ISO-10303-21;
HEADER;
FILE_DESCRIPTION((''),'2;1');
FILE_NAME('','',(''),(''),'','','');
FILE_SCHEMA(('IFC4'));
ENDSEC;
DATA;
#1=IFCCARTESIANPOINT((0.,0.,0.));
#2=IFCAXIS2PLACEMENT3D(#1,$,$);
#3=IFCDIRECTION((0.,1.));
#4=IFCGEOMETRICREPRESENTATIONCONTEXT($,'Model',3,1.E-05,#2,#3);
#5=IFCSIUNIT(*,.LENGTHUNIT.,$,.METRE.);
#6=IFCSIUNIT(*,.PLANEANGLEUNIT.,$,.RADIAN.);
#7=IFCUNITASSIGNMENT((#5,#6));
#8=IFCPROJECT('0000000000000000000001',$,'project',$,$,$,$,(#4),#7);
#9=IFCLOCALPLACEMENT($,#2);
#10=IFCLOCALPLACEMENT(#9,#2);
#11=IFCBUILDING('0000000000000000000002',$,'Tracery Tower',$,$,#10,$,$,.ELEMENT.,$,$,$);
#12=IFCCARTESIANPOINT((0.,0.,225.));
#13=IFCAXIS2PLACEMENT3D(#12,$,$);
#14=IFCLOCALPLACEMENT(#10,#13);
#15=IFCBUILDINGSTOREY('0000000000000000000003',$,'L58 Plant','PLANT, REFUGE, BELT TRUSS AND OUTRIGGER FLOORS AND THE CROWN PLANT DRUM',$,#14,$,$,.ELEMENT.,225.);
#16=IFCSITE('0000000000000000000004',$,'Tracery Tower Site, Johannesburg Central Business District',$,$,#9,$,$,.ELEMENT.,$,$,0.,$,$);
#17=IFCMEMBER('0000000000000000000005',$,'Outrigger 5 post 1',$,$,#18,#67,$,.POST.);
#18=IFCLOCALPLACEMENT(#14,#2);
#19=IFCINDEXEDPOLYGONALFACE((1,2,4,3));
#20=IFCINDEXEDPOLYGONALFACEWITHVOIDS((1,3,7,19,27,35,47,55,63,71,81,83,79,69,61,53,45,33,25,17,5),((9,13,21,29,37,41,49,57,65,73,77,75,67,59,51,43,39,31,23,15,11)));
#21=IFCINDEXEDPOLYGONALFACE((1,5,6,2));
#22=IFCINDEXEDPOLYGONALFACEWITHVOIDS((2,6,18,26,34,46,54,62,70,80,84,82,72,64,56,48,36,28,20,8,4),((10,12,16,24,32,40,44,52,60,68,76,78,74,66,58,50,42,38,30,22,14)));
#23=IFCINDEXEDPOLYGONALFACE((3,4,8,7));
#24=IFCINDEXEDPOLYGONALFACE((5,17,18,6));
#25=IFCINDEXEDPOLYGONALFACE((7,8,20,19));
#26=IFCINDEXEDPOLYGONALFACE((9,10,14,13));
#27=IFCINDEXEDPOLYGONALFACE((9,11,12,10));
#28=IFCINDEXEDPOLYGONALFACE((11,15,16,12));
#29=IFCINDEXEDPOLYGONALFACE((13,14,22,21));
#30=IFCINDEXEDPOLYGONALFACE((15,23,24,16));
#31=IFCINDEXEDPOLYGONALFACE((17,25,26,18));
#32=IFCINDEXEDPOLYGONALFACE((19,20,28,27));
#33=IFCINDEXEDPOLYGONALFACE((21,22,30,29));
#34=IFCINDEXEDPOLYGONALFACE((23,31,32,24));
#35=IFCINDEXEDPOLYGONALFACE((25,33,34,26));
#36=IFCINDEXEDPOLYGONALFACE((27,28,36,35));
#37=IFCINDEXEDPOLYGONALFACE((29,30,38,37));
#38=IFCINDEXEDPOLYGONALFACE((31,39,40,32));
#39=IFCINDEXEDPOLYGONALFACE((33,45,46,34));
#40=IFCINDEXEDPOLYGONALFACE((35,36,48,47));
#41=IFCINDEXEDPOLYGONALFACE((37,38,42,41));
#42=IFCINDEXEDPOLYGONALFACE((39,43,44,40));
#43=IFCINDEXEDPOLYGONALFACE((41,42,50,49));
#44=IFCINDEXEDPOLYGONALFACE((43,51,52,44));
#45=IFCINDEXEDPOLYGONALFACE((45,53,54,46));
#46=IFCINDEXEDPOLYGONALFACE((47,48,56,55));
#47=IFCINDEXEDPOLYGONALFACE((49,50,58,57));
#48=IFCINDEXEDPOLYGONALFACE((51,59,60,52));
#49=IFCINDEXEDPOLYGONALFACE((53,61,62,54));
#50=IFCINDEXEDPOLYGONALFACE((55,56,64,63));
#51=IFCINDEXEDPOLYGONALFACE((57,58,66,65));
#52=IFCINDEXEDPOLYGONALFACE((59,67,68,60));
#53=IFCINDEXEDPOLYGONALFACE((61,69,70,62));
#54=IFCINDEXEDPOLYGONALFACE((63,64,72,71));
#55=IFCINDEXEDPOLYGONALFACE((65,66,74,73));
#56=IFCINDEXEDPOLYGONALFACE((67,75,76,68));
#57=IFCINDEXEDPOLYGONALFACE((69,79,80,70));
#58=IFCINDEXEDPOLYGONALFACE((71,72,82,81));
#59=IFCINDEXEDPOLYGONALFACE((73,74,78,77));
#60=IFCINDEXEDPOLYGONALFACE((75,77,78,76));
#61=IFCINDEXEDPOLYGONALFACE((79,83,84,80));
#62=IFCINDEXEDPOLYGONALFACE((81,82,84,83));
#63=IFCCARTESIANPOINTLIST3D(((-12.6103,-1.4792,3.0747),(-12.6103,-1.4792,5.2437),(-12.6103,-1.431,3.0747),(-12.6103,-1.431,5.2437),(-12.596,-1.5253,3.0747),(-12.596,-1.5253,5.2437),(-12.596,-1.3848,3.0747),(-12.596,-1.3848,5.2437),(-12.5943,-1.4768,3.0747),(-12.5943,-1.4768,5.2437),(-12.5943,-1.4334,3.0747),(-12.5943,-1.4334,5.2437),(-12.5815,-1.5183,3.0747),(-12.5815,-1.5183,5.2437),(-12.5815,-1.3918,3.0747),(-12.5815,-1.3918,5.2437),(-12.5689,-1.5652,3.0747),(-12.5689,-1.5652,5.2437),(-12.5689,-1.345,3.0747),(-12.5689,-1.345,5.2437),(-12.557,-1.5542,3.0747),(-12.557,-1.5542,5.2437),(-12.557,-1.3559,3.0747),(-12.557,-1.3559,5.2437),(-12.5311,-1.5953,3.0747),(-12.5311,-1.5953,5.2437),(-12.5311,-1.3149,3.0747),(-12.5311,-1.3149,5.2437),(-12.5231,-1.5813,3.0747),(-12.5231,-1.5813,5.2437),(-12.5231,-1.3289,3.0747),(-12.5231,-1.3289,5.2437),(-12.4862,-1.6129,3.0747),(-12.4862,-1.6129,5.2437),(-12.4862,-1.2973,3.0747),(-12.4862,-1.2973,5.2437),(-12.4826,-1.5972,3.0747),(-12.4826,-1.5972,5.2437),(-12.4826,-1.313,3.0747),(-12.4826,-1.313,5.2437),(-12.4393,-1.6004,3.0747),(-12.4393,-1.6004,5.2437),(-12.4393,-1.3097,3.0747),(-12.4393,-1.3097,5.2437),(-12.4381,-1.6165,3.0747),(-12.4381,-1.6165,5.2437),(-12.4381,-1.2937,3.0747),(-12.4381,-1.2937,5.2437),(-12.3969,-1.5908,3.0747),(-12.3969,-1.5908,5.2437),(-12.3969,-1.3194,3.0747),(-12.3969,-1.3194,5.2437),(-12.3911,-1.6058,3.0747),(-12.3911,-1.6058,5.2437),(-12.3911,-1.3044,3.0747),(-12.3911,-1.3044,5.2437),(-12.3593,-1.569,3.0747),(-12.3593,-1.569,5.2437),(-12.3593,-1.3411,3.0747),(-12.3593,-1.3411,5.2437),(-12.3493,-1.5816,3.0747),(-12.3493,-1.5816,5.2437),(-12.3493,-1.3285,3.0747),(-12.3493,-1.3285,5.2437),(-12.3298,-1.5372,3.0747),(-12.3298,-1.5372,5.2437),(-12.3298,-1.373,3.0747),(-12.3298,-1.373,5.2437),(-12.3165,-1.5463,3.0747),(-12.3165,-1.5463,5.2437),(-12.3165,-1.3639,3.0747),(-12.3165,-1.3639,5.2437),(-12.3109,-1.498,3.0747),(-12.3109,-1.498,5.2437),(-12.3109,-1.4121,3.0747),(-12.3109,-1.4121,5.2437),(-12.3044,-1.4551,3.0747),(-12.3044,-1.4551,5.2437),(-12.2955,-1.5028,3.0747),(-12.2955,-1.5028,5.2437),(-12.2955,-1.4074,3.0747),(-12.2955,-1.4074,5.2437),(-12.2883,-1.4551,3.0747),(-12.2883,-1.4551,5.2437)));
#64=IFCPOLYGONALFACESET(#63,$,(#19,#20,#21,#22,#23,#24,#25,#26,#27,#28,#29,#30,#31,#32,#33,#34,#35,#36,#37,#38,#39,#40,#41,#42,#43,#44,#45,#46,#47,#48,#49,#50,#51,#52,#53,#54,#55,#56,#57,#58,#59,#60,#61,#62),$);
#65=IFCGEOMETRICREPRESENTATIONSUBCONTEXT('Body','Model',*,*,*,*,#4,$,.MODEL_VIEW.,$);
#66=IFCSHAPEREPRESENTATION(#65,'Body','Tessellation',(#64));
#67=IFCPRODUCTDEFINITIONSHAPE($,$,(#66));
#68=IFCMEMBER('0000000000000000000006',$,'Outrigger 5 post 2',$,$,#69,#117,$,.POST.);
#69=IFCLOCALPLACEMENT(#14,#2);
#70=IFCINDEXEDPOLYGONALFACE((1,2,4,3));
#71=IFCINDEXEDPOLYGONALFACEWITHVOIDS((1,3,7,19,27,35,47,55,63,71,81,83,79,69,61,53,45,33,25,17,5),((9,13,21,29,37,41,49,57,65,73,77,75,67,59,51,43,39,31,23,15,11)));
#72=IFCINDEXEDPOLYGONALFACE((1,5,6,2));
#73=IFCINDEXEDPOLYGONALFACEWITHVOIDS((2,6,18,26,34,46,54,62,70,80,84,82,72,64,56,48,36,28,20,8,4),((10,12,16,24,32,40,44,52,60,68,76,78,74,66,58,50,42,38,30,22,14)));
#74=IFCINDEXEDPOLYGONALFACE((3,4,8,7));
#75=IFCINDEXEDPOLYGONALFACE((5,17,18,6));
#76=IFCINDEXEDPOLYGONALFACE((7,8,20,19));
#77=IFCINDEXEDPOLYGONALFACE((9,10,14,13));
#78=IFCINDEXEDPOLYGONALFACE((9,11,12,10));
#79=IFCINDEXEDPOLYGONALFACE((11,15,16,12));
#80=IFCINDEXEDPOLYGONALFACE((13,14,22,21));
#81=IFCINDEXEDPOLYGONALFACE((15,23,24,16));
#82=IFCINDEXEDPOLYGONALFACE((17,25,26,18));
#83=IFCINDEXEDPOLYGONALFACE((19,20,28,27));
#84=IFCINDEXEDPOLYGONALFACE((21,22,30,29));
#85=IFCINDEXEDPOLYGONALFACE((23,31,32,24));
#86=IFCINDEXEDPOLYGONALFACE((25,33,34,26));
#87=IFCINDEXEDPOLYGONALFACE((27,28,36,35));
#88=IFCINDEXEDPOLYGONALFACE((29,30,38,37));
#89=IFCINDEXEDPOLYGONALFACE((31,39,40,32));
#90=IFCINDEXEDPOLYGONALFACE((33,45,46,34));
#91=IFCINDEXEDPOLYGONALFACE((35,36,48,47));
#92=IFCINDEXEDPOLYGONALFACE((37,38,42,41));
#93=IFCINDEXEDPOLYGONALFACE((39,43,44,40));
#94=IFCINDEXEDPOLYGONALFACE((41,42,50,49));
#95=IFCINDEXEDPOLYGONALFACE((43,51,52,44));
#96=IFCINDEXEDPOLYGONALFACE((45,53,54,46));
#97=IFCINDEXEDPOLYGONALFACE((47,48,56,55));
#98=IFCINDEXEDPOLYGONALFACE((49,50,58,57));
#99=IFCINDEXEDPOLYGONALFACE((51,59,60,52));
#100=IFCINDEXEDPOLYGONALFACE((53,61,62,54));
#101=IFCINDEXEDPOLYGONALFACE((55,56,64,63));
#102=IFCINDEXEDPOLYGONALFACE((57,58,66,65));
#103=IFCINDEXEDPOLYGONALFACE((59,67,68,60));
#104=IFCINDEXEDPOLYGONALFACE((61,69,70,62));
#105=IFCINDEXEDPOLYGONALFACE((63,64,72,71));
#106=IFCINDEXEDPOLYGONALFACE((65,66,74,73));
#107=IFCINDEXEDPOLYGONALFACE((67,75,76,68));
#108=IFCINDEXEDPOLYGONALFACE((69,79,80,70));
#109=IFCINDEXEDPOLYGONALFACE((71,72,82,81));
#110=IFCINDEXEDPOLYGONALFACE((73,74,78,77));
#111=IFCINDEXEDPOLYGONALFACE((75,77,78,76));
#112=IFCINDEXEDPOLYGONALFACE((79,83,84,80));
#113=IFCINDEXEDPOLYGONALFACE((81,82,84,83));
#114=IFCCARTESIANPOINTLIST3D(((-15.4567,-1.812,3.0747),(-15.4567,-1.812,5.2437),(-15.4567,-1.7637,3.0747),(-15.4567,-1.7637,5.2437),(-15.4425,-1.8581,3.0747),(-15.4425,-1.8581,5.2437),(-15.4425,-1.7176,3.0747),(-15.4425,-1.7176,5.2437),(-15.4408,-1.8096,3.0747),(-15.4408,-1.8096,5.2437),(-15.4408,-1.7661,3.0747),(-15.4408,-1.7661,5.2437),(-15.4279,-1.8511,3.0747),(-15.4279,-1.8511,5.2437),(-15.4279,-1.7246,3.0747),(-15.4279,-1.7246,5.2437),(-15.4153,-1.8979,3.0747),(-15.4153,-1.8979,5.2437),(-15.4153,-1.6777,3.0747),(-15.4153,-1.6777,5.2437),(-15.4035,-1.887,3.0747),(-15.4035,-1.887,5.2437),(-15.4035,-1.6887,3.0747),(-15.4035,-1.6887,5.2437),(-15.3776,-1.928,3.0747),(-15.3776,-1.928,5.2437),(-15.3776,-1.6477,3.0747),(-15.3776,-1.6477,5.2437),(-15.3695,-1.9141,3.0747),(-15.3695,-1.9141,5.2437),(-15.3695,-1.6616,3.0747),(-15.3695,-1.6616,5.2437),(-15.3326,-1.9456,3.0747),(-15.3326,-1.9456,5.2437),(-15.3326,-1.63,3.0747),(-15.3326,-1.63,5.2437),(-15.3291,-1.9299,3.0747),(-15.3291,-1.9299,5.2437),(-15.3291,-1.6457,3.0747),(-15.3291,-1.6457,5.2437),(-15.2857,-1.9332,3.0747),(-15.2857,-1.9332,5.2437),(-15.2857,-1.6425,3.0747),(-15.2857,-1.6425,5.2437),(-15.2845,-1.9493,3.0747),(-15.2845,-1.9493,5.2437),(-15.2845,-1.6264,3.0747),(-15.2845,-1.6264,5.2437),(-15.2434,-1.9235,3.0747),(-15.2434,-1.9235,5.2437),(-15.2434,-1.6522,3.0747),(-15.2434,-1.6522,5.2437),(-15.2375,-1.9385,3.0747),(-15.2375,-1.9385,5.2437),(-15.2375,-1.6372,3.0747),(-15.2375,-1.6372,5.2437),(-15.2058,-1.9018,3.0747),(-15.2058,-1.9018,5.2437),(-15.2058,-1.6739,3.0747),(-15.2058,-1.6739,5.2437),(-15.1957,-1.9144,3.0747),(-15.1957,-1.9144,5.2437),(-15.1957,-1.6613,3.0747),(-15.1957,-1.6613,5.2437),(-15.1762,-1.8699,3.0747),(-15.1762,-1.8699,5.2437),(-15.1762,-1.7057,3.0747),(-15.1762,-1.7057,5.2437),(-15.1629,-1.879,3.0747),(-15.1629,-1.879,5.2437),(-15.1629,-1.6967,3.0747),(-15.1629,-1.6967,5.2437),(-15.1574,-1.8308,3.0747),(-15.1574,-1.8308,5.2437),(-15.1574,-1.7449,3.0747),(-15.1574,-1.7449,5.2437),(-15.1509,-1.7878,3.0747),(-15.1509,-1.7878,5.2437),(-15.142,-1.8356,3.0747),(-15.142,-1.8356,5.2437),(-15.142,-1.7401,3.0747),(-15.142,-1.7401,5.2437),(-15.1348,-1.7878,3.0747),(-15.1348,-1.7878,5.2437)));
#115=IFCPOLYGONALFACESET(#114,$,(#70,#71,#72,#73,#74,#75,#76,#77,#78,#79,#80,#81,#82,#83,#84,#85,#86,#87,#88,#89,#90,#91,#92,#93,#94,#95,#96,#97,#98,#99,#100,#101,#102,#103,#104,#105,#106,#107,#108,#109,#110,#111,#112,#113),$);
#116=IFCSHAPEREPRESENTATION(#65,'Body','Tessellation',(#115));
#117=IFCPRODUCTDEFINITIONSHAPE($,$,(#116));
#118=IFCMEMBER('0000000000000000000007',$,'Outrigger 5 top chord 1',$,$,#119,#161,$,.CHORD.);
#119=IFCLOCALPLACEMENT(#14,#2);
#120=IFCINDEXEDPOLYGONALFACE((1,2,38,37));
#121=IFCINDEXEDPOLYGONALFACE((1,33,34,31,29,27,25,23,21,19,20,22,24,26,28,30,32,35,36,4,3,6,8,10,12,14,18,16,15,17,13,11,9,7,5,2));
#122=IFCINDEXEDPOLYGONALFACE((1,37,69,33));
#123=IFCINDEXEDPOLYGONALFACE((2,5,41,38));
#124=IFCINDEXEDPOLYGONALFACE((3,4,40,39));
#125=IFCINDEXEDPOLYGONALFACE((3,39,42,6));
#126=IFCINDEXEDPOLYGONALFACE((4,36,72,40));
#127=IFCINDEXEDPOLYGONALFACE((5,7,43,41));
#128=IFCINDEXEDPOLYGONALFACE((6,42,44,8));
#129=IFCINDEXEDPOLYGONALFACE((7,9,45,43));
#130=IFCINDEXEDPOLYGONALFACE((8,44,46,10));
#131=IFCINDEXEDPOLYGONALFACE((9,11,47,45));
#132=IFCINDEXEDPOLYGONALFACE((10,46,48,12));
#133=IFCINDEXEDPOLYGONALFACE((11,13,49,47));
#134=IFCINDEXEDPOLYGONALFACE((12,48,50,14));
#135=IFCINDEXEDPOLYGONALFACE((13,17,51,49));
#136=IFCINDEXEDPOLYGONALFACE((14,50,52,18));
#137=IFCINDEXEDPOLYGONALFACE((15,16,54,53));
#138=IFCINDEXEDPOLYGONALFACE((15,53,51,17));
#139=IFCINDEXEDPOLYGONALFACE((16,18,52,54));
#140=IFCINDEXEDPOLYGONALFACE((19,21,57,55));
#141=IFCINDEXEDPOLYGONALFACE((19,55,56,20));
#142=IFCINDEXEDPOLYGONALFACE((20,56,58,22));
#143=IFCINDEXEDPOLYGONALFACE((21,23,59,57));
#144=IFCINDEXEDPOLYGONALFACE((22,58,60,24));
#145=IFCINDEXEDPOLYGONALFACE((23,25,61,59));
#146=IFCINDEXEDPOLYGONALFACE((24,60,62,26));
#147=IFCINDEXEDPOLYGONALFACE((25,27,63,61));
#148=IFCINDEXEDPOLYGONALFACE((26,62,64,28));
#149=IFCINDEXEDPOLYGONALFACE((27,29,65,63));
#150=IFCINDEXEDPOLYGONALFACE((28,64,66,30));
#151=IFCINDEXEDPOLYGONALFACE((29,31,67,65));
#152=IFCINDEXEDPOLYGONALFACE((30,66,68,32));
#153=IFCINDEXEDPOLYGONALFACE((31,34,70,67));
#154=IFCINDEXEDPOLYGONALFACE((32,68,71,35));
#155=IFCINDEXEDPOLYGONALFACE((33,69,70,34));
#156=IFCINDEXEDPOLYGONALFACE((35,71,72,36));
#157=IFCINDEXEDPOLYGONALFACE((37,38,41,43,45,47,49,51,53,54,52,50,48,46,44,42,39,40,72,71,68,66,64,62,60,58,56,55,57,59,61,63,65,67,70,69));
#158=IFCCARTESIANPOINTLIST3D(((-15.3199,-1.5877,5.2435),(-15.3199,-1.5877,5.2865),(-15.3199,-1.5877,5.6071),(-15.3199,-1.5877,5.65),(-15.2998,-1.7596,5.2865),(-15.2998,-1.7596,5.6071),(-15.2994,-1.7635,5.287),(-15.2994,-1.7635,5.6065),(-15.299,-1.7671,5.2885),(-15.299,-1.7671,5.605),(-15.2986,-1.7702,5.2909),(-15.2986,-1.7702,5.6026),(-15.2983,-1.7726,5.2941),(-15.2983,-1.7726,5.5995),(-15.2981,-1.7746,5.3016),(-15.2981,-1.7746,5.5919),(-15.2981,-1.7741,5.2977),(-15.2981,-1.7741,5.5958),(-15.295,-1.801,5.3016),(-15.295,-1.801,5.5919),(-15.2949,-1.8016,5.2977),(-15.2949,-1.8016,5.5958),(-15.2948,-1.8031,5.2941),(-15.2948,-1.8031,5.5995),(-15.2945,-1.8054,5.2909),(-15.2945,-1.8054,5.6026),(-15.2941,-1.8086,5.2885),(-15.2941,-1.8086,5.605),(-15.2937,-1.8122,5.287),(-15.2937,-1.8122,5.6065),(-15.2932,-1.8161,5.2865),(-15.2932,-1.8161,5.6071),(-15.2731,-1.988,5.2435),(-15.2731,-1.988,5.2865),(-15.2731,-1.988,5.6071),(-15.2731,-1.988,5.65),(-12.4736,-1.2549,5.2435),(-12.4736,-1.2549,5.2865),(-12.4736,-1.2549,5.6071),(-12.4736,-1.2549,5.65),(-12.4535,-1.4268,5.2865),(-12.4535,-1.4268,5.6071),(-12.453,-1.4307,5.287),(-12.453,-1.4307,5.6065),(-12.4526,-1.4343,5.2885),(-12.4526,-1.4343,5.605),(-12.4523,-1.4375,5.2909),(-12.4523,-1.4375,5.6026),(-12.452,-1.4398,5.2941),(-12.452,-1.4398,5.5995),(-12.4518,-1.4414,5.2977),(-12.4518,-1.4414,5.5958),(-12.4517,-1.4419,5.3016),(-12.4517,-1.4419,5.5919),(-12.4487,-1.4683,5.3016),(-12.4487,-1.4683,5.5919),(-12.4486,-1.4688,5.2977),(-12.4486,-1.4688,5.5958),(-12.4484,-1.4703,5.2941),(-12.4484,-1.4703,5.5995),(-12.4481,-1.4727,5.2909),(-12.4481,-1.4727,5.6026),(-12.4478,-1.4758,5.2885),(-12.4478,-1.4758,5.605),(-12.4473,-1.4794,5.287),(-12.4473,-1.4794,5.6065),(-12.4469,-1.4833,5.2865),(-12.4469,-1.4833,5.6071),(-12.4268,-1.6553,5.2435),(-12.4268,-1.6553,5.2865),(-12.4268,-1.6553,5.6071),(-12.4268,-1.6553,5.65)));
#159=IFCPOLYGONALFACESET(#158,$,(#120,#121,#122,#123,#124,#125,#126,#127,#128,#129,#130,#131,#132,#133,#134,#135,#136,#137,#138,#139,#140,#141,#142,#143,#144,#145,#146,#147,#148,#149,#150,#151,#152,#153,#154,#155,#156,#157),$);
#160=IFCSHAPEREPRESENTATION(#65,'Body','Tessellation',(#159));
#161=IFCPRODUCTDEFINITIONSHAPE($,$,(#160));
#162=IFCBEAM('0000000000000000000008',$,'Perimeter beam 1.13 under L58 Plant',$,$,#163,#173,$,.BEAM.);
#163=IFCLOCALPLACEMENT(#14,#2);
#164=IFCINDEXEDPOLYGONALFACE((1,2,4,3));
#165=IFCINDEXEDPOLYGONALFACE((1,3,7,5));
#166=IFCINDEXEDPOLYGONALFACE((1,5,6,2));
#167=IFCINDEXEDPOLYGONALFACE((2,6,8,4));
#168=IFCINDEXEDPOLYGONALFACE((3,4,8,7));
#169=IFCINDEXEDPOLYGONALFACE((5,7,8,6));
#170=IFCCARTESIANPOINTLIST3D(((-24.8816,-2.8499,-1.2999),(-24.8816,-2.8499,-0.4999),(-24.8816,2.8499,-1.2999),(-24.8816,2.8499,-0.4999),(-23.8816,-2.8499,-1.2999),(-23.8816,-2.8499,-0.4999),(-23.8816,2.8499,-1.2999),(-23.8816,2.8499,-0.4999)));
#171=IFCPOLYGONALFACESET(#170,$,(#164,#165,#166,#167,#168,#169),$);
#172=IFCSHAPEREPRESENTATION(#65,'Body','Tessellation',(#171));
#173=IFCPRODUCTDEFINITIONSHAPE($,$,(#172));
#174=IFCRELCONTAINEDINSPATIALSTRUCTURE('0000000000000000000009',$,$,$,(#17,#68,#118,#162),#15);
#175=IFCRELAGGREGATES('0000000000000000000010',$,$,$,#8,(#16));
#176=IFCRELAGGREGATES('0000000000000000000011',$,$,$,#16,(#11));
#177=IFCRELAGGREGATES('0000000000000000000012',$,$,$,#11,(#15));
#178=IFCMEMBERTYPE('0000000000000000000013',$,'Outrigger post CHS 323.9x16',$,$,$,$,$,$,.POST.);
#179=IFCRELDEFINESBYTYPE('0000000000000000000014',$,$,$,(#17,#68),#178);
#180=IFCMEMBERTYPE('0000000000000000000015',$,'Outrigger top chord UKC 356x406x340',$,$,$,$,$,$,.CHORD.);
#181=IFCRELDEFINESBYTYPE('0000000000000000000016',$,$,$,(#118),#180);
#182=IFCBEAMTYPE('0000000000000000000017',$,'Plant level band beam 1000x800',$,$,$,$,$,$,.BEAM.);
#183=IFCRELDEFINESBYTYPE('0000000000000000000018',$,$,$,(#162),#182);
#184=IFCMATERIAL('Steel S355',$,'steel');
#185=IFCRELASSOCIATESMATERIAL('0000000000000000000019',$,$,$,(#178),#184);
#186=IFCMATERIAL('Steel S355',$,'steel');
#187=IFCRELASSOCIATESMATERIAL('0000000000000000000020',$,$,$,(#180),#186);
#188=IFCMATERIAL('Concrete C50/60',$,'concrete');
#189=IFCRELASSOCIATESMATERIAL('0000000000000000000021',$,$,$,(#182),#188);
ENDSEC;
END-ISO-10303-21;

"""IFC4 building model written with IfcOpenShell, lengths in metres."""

from ifc_helpers import new_model, si_unit, direction, frame, origin, origin_2d, place, context, subcontext, project, spatial, rectangle, hollow_circle, i_section, extrude, material, material_profile, profile_set, type_object, element, save


model = new_model("IFC4")

# Units and contexts
model_context = context("Model", 3, precision=1e-05, world=origin(), true_north=direction((0.0, 1.0)))
body_context = subcontext(model_context, "Body", "Model", "MODEL_VIEW")
ifc_project = project(units=[si_unit("LENGTHUNIT", "METRE"), si_unit("PLANEANGLEUNIT", "RADIAN")], contexts=[model_context])

# Site, building, storey
site_placement = place(None, origin())
site = spatial("IfcSite", under=ifc_project, at=site_placement, Name="Tracery Tower Site, Johannesburg Central Business District", CompositionType="ELEMENT", RefElevation=0.0)
building_placement = place(site_placement, origin())
building = spatial("IfcBuilding", under=site, at=building_placement, Name="Tracery Tower", CompositionType="ELEMENT")
storey_placement = place(building_placement, frame((0.0, 0.0, 225.0)))
storey = spatial("IfcBuildingStorey", under=building, at=storey_placement, Name="L58 Plant", Description="PLANT, REFUGE, BELT TRUSS AND OUTRIGGER FLOORS AND THE CROWN PLANT DRUM", CompositionType="ELEMENT", Elevation=225.0)

# Members
ifc_material_1 = material(Name="Steel S355", Category="steel")
ifc_material_profile_1 = material_profile(ifc_material_1, hollow_circle(Radius=0.1619, WallThickness=0.0161, at=origin_2d()), Name="CHS 323.9x16")
ifc_profile_set_1 = profile_set([ifc_material_profile_1], Name="Steel S355")
member_type_1 = type_object("IfcMemberType", Name="Outrigger post CHS 323.9x16", PredefinedType="POST", material=ifc_profile_set_1)
for number, where, z_axis, x_axis, name in (
    (1, (-12.4502, -1.4551, 3.0747), (0.0, 0.0, 1.0), (1.0, 0.0, 0.0), "Outrigger 5 post 1"),
    (2, (-15.2966, -1.7878, 3.0747), (0.0, 0.0, 1.0), (1.0, 0.0, 0.0), "Outrigger 5 post 2"),
):
    element("IfcMember", number, at=place(storey_placement, frame(where, z_axis=z_axis, x_axis=x_axis)), inside=storey, type_object=member_type_1, Name=name, PredefinedType="POST", context=body_context, shape_type="SweptSolid", body=[
        extrude(hollow_circle(Radius=0.1619, WallThickness=0.0161, at=origin_2d()), origin(), (0.0, 0.0, 1.0), 2.1689),
    ])
ifc_material_2 = material(Name="Steel S355", Category="steel")
ifc_material_profile_2 = material_profile(ifc_material_2, i_section(OverallWidth=0.4031, OverallDepth=0.4065, WebThickness=0.0266, FlangeThickness=0.043, FilletRadius=0.0151, at=origin_2d()), Name="UKC 356x406x340")
ifc_profile_set_2 = profile_set([ifc_material_profile_2], Name="Steel S355")
member_type_2 = type_object("IfcMemberType", Name="Outrigger top chord UKC 356x406x340", PredefinedType="CHORD", material=ifc_profile_set_2)
member_1_placement = place(storey_placement, frame((-12.4502, -1.4551, 5.4468), z_axis=(-0.993236, -0.116115, 0.0), x_axis=(0.116115, -0.993236, 0.0)))
element("IfcMember", 3, at=member_1_placement, inside=storey, type_object=member_type_2, Name="Outrigger 5 top chord 1", PredefinedType="CHORD", context=body_context, shape_type="SweptSolid", body=[
    extrude(i_section(OverallWidth=0.4031, OverallDepth=0.4065, WebThickness=0.0266, FlangeThickness=0.043, FilletRadius=0.0151, at=origin_2d()), origin(), (0.0, 0.0, 1.0), 2.8657),
])

# Beam
ifc_material_3 = material(Name="Concrete C50/60", Category="concrete")
ifc_material_profile_3 = material_profile(ifc_material_3, rectangle(XDim=1.0, YDim=0.8, at=origin_2d()), Name="RC 1000x800")
ifc_profile_set_3 = profile_set([ifc_material_profile_3], Name="Concrete C50/60")
beam_type = type_object("IfcBeamType", Name="Plant level band beam 1000x800", PredefinedType="BEAM", material=ifc_profile_set_3)
beam_placement = place(storey_placement, frame((-24.3816, 2.8499, -0.8999), z_axis=(0.0, -1.0, 0.0), x_axis=(1.0, 0.0, 0.0)))
element("IfcBeam", 4, at=beam_placement, inside=storey, type_object=beam_type, Name="Perimeter beam 1.13 under L58 Plant", PredefinedType="BEAM", context=body_context, shape_type="SweptSolid", body=[
    extrude(rectangle(XDim=1.0, YDim=0.8, at=origin_2d()), origin(), (0.0, 0.0, 1.0), 5.6997),
])

save(model, "model.ifc")
